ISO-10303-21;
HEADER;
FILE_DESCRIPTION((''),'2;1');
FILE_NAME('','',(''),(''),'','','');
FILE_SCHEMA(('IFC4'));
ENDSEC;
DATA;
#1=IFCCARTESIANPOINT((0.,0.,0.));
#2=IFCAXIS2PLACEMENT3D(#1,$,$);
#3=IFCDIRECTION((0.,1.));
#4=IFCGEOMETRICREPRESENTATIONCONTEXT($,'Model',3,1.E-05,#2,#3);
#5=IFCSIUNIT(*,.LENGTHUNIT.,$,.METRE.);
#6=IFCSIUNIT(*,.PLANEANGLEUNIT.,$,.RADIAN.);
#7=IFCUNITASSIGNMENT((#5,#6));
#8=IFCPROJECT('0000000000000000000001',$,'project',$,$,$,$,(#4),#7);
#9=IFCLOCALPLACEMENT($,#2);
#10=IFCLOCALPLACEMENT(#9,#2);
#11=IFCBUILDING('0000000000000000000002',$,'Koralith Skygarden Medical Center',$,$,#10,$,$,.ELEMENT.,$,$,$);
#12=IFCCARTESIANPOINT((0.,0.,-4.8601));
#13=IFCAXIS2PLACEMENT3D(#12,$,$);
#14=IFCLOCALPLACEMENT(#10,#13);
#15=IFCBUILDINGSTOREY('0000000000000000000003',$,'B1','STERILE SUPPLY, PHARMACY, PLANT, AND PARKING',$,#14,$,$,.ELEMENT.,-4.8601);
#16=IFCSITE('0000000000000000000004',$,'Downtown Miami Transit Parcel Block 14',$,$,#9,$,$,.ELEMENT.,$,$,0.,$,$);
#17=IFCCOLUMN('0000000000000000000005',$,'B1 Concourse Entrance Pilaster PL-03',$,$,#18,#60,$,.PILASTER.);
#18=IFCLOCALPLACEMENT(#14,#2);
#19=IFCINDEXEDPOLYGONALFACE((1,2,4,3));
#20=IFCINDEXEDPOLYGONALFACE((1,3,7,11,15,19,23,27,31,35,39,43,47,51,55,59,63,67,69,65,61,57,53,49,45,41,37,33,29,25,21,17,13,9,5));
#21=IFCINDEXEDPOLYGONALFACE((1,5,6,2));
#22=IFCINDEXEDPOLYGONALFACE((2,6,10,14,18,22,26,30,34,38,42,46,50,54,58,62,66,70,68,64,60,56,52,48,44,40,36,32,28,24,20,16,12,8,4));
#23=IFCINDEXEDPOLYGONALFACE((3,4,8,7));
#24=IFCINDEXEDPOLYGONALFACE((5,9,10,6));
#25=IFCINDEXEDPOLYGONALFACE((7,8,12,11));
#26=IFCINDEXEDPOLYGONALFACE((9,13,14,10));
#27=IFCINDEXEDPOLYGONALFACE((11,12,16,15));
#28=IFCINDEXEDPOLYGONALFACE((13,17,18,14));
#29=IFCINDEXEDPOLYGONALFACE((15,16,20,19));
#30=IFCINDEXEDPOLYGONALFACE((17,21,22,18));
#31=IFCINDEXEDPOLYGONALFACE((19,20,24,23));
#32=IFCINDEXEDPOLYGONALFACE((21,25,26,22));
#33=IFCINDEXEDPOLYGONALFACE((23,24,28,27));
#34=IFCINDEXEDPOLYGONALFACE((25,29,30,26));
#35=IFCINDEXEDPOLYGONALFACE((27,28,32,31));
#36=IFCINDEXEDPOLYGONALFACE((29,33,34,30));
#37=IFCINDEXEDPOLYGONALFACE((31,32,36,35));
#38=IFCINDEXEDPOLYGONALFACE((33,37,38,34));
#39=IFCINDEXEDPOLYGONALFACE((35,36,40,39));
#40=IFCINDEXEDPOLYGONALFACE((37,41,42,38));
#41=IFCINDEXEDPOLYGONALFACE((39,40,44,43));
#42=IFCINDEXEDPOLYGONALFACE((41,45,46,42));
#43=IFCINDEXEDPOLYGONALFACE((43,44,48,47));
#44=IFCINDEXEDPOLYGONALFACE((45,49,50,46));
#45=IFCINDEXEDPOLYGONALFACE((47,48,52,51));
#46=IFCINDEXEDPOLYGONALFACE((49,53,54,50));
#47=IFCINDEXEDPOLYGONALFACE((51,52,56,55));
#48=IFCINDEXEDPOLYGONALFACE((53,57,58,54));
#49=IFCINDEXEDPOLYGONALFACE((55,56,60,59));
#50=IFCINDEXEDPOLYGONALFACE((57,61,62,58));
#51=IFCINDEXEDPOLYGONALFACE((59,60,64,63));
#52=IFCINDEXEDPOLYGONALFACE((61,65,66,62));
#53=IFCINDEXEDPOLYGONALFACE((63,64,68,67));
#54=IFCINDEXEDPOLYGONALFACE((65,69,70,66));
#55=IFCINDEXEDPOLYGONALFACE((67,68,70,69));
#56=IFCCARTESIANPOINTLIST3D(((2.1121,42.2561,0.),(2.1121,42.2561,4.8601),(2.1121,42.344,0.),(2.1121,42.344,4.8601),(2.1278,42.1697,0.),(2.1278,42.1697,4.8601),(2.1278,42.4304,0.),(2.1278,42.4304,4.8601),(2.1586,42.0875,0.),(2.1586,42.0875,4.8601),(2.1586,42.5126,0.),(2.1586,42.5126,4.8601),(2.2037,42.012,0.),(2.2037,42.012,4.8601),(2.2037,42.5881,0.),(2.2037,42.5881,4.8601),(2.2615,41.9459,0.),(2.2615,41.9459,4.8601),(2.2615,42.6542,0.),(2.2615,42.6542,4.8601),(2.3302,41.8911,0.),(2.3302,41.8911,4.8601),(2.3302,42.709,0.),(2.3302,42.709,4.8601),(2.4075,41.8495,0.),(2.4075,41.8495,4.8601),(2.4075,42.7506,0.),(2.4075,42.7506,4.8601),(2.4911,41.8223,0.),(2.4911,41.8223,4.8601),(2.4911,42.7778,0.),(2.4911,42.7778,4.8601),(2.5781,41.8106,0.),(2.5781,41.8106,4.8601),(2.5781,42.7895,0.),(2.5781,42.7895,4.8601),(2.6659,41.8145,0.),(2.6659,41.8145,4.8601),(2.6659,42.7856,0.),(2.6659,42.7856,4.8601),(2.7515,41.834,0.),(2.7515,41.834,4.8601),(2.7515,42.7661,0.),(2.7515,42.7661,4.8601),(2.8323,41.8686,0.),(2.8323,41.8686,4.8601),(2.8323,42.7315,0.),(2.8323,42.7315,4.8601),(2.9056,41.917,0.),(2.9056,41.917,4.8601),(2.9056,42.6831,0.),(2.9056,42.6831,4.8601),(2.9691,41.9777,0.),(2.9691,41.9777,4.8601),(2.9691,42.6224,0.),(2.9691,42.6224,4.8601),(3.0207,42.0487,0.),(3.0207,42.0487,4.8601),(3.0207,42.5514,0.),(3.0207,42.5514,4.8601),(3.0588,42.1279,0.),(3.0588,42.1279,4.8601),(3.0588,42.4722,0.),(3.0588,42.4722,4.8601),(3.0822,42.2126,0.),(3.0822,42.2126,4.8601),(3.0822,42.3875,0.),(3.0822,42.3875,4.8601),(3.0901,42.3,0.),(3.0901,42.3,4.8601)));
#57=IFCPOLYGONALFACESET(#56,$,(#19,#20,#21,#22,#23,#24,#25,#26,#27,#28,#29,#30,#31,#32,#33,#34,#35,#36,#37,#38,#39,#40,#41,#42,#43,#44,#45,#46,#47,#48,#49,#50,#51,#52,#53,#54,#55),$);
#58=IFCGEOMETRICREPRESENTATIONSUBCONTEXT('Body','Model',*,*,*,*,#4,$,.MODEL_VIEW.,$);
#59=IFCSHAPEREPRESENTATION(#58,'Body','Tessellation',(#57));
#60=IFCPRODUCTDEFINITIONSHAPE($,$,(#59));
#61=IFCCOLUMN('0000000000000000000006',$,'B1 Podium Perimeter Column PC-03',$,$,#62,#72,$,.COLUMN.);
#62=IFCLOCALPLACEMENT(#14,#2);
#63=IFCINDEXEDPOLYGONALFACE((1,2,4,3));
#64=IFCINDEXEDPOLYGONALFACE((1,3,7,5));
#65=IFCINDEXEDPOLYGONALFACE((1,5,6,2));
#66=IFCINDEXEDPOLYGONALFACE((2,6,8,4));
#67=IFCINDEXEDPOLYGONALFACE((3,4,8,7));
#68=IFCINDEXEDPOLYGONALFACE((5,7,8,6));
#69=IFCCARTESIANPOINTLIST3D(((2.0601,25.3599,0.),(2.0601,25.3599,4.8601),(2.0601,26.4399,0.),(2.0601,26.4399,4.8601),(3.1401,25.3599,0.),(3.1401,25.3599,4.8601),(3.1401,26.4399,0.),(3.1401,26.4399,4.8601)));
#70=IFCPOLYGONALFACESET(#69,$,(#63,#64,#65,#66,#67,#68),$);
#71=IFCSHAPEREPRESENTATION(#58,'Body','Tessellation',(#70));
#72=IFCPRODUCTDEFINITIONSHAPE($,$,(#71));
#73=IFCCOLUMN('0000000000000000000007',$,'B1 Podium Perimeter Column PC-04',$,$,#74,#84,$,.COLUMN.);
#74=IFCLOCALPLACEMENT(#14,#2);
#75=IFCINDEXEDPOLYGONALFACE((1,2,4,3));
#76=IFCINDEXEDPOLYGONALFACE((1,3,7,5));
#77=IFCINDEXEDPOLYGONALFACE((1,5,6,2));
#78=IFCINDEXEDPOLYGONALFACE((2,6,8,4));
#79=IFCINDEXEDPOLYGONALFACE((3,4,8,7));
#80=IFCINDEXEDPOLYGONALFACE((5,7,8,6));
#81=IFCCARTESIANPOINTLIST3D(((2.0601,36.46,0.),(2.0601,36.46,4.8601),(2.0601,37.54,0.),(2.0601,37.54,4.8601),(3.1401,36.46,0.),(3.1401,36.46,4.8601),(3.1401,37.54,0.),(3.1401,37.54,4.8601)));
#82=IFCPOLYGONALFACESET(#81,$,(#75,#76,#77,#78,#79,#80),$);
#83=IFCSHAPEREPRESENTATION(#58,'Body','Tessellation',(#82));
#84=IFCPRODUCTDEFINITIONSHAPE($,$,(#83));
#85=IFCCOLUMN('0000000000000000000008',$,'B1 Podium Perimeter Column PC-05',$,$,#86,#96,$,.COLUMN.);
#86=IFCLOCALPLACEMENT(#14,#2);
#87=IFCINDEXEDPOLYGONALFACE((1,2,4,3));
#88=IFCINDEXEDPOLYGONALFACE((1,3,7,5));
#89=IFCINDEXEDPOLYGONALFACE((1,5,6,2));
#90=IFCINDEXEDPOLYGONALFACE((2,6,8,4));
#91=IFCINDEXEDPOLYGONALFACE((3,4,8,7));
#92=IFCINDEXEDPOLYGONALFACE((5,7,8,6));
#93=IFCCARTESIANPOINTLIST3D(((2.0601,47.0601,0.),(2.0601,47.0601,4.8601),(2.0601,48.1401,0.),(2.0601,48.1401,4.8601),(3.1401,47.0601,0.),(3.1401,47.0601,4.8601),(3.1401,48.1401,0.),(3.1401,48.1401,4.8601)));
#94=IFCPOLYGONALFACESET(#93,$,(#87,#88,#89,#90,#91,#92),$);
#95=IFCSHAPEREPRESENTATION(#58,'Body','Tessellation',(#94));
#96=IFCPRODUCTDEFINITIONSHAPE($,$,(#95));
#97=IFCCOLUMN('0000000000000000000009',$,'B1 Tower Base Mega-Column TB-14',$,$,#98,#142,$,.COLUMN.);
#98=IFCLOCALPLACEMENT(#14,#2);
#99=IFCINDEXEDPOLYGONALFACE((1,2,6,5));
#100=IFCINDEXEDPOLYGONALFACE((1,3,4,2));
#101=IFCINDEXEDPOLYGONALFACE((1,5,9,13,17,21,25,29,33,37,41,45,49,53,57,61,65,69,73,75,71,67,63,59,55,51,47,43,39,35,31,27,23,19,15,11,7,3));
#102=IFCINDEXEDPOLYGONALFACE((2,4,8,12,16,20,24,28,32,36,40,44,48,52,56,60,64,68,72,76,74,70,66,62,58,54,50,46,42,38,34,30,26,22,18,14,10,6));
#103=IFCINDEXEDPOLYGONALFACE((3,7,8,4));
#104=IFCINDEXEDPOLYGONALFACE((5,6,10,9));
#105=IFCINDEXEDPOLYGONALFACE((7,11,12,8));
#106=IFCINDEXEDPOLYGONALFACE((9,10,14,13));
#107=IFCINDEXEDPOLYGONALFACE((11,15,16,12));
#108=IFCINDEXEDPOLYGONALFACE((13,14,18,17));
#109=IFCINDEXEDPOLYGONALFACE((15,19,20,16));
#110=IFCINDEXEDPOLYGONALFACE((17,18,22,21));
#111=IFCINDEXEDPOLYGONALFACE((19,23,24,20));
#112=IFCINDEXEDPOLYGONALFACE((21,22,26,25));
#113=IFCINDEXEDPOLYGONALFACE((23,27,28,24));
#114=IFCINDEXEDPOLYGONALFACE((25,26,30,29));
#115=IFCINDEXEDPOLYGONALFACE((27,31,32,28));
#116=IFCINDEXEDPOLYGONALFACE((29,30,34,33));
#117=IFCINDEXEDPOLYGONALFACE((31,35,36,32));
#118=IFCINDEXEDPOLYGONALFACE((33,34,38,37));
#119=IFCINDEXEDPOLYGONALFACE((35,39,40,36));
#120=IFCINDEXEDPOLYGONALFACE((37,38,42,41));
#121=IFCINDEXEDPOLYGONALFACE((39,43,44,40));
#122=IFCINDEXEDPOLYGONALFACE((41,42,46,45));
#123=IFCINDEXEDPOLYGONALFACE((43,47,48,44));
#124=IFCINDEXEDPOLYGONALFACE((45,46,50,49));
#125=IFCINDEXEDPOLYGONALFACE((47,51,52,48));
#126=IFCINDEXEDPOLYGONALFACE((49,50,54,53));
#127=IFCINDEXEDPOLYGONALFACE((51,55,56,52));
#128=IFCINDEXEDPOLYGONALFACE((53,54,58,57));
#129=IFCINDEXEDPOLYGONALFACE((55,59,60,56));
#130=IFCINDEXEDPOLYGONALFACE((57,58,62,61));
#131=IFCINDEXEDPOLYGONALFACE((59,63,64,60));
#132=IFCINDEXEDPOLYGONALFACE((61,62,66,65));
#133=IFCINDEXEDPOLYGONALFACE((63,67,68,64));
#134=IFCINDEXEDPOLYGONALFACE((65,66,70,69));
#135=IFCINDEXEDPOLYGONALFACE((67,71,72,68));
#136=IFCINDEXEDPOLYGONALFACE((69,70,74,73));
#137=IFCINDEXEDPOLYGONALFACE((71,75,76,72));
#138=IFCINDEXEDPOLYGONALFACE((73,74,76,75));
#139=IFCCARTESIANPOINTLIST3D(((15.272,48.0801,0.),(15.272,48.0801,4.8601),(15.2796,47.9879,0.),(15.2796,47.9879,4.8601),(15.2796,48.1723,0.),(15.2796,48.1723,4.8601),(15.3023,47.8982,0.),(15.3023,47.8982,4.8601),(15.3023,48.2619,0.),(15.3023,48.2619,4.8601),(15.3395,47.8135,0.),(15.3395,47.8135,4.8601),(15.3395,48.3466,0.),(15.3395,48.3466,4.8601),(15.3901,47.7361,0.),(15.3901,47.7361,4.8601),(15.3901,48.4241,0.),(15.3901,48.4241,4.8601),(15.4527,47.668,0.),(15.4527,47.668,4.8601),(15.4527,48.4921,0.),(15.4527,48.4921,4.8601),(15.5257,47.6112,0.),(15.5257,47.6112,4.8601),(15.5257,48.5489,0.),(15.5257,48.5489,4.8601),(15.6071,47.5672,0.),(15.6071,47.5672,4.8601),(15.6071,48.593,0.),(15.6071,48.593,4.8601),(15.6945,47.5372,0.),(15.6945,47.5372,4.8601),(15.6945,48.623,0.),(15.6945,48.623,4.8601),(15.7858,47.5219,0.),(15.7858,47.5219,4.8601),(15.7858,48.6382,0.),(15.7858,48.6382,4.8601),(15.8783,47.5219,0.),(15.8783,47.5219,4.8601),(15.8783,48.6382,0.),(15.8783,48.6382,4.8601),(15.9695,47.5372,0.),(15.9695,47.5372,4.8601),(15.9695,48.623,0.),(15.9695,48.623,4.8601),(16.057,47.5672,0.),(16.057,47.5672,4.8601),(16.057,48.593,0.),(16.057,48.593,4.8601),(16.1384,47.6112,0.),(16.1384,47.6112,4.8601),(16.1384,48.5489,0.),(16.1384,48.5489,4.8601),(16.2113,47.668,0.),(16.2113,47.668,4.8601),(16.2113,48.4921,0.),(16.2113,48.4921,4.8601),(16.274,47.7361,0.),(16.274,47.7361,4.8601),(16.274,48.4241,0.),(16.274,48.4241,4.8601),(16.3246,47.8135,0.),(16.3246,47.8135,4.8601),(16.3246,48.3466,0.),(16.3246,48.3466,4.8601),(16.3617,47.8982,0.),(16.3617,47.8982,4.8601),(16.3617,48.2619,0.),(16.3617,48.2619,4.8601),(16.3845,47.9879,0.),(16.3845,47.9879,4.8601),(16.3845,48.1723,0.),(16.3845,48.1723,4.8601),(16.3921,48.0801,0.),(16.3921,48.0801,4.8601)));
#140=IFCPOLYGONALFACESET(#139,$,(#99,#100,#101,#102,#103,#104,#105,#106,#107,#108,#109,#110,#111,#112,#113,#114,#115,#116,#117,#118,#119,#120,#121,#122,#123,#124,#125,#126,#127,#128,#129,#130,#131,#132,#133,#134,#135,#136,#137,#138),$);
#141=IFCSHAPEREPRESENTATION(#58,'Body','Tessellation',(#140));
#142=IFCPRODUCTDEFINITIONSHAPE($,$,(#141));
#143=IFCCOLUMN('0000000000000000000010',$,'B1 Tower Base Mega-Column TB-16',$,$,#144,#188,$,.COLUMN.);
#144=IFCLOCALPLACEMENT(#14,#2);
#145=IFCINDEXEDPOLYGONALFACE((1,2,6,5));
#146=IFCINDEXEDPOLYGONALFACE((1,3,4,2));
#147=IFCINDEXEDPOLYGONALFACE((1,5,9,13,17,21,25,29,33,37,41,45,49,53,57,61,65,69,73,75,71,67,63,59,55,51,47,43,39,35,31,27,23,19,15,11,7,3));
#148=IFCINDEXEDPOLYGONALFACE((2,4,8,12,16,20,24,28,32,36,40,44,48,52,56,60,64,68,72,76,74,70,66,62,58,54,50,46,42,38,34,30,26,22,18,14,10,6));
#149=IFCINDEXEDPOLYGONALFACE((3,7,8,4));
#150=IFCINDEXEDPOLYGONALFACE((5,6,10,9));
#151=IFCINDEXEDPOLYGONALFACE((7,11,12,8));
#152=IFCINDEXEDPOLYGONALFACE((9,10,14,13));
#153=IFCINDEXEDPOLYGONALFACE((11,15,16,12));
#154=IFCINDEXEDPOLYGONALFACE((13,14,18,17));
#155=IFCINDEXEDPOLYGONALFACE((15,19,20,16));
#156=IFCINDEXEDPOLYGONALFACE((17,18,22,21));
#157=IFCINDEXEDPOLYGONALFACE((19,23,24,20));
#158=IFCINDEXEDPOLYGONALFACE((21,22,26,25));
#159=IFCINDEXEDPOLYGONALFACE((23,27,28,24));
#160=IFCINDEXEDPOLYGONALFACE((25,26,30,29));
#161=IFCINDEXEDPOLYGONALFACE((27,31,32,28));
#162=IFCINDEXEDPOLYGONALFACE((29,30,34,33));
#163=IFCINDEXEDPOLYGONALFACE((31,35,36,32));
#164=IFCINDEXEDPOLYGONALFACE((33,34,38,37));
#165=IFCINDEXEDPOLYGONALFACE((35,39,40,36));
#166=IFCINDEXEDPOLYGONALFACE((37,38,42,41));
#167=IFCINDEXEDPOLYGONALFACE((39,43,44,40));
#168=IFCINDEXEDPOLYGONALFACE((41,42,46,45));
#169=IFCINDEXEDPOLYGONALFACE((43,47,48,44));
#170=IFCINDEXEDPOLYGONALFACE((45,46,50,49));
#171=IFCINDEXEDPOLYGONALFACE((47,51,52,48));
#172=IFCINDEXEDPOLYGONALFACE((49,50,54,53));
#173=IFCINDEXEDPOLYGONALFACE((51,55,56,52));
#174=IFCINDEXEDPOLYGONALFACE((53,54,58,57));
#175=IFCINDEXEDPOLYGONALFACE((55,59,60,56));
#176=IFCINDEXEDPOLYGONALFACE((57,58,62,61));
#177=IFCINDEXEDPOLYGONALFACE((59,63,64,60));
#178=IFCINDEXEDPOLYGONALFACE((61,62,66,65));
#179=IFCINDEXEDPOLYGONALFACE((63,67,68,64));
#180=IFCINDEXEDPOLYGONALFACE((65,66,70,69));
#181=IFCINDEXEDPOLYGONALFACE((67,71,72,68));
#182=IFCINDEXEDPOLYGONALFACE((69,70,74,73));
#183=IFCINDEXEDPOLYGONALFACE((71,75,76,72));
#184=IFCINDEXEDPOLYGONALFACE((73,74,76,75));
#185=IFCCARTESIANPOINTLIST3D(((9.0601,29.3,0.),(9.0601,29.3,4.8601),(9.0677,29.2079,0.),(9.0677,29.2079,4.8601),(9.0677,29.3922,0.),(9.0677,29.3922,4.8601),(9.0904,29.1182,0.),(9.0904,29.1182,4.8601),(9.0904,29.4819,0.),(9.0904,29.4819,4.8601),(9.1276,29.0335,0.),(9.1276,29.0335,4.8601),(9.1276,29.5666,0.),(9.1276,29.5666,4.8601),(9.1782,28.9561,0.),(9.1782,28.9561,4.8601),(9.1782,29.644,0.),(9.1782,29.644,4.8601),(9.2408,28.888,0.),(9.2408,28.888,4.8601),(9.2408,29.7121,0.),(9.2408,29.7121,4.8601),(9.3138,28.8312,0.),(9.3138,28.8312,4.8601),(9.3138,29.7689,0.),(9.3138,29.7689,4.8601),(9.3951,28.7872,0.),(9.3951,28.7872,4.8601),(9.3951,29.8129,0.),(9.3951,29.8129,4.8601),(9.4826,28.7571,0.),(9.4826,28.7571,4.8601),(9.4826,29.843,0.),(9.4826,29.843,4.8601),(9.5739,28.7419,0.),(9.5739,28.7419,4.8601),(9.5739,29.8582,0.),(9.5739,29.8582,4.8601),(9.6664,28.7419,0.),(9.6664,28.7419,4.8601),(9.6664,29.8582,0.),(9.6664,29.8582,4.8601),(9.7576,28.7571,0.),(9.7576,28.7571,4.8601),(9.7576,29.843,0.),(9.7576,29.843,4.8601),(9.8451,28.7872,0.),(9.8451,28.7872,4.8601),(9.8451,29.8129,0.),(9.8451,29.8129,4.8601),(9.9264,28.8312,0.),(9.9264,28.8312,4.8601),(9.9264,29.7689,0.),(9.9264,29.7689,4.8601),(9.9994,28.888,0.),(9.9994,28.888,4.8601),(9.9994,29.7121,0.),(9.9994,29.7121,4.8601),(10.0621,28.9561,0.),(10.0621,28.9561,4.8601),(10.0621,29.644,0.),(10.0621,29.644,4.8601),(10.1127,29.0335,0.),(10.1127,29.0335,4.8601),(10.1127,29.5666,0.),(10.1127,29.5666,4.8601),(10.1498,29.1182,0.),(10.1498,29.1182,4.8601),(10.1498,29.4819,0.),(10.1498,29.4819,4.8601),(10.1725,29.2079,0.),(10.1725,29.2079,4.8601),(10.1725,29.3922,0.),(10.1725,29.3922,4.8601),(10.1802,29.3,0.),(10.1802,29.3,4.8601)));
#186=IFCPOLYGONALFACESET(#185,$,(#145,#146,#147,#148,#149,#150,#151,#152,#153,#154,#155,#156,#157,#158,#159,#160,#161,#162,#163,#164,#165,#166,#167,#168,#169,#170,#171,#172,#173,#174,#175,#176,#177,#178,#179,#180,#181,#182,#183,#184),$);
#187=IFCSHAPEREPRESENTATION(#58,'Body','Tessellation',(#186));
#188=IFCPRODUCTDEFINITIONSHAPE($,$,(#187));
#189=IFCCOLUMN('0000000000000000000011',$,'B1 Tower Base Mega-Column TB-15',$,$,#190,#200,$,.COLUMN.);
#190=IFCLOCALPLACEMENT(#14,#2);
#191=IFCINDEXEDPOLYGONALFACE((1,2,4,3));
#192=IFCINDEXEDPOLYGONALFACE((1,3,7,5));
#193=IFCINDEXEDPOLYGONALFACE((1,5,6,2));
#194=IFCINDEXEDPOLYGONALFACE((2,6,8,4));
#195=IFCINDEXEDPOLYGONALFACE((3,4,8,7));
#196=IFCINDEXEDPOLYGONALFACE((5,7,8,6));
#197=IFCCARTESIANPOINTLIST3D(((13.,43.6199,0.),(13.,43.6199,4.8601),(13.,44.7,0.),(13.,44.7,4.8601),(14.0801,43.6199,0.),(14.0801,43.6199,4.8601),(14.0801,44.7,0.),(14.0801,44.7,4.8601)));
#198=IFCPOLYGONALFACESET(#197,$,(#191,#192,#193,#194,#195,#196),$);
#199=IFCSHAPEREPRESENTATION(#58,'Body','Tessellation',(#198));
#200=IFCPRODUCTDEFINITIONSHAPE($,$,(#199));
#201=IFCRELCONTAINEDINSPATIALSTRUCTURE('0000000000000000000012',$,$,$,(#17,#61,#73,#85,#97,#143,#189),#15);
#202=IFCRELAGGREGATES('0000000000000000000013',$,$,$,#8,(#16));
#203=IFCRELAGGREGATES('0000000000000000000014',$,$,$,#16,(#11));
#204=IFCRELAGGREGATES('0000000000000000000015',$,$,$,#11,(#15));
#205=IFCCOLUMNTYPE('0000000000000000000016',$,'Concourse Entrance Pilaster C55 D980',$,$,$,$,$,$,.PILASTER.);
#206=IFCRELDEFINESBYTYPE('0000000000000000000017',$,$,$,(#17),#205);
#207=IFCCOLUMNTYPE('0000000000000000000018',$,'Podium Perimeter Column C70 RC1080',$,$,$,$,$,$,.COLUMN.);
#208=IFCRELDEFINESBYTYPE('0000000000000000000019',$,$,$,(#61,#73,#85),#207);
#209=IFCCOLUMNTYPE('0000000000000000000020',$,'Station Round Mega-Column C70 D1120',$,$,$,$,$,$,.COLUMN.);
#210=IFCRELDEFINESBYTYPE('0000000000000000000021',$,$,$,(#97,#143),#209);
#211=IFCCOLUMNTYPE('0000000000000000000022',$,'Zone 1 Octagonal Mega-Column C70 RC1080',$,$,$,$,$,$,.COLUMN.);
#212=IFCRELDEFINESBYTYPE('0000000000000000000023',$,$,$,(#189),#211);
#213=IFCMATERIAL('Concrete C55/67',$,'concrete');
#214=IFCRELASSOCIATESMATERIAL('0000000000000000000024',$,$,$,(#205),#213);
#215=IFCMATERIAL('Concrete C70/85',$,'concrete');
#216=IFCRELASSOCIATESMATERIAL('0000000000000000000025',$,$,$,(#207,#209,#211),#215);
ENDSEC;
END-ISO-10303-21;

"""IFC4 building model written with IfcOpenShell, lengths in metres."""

from ifc_helpers import new_model, si_unit, direction, frame, origin, origin_2d, place, context, subcontext, project, spatial, rectangle, circle, extrude, material, material_profile, profile_set, type_object, element, save


model = new_model("IFC4")

# Units and contexts
model_context = context("Model", 3, precision=1e-05, world=origin(), true_north=direction((0.0, 1.0)))
body_context = subcontext(model_context, "Body", "Model", "MODEL_VIEW")
ifc_project = project(units=[si_unit("LENGTHUNIT", "METRE"), si_unit("PLANEANGLEUNIT", "RADIAN")], contexts=[model_context])

# Site, building, storey
site_placement = place(None, origin())
site = spatial("IfcSite", under=ifc_project, at=site_placement, Name="Downtown Miami Transit Parcel Block 14", CompositionType="ELEMENT", RefElevation=0.0)
building_placement = place(site_placement, origin())
building = spatial("IfcBuilding", under=site, at=building_placement, Name="Koralith Skygarden Medical Center", CompositionType="ELEMENT")
storey_placement = place(building_placement, frame((0.0, 0.0, -4.8601)))
storey = spatial("IfcBuildingStorey", under=building, at=storey_placement, Name="B1", Description="STERILE SUPPLY, PHARMACY, PLANT, AND PARKING", CompositionType="ELEMENT", Elevation=-4.8601)

# Columns
ifc_material_1 = material(Name="Concrete C55/67", Category="concrete")
ifc_material_profile_1 = material_profile(ifc_material_1, circle(Radius=0.49, at=origin_2d()), Name="RCCOL980")
ifc_profile_set_1 = profile_set([ifc_material_profile_1], Name="Concrete C55/67")
column_type_1 = type_object("IfcColumnType", Name="Concourse Entrance Pilaster C55 D980", PredefinedType="PILASTER", material=ifc_profile_set_1)
column_1_placement = place(storey_placement, frame((2.6001, 42.3, 0.0), z_axis=(0.0, 0.0, 1.0), x_axis=(1.0, 0.0, 0.0)))
element("IfcColumn", 1, at=column_1_placement, inside=storey, type_object=column_type_1, Name="B1 Concourse Entrance Pilaster PL-03", PredefinedType="PILASTER", context=body_context, shape_type="SweptSolid", body=[
    extrude(circle(Radius=0.49, at=origin_2d()), origin(), (0.0, 0.0, 1.0), 4.8601),
])
ifc_material_2 = material(Name="Concrete C70/85", Category="concrete")
ifc_material_profile_2 = material_profile(ifc_material_2, rectangle(XDim=1.0801, YDim=1.0801, at=origin_2d()), Name="RC1080X1080")
ifc_profile_set_2 = profile_set([ifc_material_profile_2], Name="Concrete C70/85")
column_type_2 = type_object("IfcColumnType", Name="Podium Perimeter Column C70 RC1080", PredefinedType="COLUMN", material=ifc_profile_set_2)
for number, where, z_axis, x_axis, name in (
    (2, (2.6001, 25.8999, 0.0), (0.0, 0.0, 1.0), (1.0, 0.0, 0.0), "B1 Podium Perimeter Column PC-03"),
    (3, (2.6001, 37.0, 0.0), (0.0, 0.0, 1.0), (1.0, 0.0, 0.0), "B1 Podium Perimeter Column PC-04"),
    (4, (2.6001, 47.6001, 0.0), (0.0, 0.0, 1.0), (1.0, 0.0, 0.0), "B1 Podium Perimeter Column PC-05"),
):
    element("IfcColumn", number, at=place(storey_placement, frame(where, z_axis=z_axis, x_axis=x_axis)), inside=storey, type_object=column_type_2, Name=name, PredefinedType="COLUMN", context=body_context, shape_type="SweptSolid", body=[
        extrude(rectangle(XDim=1.0801, YDim=1.0801, at=origin_2d()), origin(), (0.0, 0.0, 1.0), 4.8601),
    ])
ifc_material_profile_3 = material_profile(ifc_material_2, circle(Radius=0.5601, at=origin_2d()), Name="RCCOL1120")
ifc_profile_set_3 = profile_set([ifc_material_profile_3], Name="Concrete C70/85")
column_type_3 = type_object("IfcColumnType", Name="Station Round Mega-Column C70 D1120", PredefinedType="COLUMN", material=ifc_profile_set_3)
for number, where, z_axis, x_axis, name in (
    (5, (15.832, 48.0801, 0.0), (0.0, 0.0, 1.0), (1.0, 0.0, 0.0), "B1 Tower Base Mega-Column TB-14"),
    (6, (9.6201, 29.3, 0.0), (0.0, 0.0, 1.0), (1.0, 0.0, 0.0), "B1 Tower Base Mega-Column TB-16"),
):
    element("IfcColumn", number, at=place(storey_placement, frame(where, z_axis=z_axis, x_axis=x_axis)), inside=storey, type_object=column_type_3, Name=name, PredefinedType="COLUMN", context=body_context, shape_type="SweptSolid", body=[
        extrude(circle(Radius=0.5601, at=origin_2d()), origin(), (0.0, 0.0, 1.0), 4.8601),
    ])
ifc_material_profile_4 = material_profile(ifc_material_2, rectangle(XDim=1.0801, YDim=1.0801, at=origin_2d()), Name="RC1080X1080")
ifc_profile_set_4 = profile_set([ifc_material_profile_4], Name="Concrete C70/85")
column_type_4 = type_object("IfcColumnType", Name="Zone 1 Octagonal Mega-Column C70 RC1080", PredefinedType="COLUMN", material=ifc_profile_set_4)
column_2_placement = place(storey_placement, frame((13.54, 44.1599, 0.0), z_axis=(0.0, 0.0, 1.0), x_axis=(1.0, 0.0, 0.0)))
element("IfcColumn", 7, at=column_2_placement, inside=storey, type_object=column_type_4, Name="B1 Tower Base Mega-Column TB-15", PredefinedType="COLUMN", context=body_context, shape_type="SweptSolid", body=[
    extrude(rectangle(XDim=1.0801, YDim=1.0801, at=origin_2d()), origin(), (0.0, 0.0, 1.0), 4.8601),
])

save(model, "model.ifc")
